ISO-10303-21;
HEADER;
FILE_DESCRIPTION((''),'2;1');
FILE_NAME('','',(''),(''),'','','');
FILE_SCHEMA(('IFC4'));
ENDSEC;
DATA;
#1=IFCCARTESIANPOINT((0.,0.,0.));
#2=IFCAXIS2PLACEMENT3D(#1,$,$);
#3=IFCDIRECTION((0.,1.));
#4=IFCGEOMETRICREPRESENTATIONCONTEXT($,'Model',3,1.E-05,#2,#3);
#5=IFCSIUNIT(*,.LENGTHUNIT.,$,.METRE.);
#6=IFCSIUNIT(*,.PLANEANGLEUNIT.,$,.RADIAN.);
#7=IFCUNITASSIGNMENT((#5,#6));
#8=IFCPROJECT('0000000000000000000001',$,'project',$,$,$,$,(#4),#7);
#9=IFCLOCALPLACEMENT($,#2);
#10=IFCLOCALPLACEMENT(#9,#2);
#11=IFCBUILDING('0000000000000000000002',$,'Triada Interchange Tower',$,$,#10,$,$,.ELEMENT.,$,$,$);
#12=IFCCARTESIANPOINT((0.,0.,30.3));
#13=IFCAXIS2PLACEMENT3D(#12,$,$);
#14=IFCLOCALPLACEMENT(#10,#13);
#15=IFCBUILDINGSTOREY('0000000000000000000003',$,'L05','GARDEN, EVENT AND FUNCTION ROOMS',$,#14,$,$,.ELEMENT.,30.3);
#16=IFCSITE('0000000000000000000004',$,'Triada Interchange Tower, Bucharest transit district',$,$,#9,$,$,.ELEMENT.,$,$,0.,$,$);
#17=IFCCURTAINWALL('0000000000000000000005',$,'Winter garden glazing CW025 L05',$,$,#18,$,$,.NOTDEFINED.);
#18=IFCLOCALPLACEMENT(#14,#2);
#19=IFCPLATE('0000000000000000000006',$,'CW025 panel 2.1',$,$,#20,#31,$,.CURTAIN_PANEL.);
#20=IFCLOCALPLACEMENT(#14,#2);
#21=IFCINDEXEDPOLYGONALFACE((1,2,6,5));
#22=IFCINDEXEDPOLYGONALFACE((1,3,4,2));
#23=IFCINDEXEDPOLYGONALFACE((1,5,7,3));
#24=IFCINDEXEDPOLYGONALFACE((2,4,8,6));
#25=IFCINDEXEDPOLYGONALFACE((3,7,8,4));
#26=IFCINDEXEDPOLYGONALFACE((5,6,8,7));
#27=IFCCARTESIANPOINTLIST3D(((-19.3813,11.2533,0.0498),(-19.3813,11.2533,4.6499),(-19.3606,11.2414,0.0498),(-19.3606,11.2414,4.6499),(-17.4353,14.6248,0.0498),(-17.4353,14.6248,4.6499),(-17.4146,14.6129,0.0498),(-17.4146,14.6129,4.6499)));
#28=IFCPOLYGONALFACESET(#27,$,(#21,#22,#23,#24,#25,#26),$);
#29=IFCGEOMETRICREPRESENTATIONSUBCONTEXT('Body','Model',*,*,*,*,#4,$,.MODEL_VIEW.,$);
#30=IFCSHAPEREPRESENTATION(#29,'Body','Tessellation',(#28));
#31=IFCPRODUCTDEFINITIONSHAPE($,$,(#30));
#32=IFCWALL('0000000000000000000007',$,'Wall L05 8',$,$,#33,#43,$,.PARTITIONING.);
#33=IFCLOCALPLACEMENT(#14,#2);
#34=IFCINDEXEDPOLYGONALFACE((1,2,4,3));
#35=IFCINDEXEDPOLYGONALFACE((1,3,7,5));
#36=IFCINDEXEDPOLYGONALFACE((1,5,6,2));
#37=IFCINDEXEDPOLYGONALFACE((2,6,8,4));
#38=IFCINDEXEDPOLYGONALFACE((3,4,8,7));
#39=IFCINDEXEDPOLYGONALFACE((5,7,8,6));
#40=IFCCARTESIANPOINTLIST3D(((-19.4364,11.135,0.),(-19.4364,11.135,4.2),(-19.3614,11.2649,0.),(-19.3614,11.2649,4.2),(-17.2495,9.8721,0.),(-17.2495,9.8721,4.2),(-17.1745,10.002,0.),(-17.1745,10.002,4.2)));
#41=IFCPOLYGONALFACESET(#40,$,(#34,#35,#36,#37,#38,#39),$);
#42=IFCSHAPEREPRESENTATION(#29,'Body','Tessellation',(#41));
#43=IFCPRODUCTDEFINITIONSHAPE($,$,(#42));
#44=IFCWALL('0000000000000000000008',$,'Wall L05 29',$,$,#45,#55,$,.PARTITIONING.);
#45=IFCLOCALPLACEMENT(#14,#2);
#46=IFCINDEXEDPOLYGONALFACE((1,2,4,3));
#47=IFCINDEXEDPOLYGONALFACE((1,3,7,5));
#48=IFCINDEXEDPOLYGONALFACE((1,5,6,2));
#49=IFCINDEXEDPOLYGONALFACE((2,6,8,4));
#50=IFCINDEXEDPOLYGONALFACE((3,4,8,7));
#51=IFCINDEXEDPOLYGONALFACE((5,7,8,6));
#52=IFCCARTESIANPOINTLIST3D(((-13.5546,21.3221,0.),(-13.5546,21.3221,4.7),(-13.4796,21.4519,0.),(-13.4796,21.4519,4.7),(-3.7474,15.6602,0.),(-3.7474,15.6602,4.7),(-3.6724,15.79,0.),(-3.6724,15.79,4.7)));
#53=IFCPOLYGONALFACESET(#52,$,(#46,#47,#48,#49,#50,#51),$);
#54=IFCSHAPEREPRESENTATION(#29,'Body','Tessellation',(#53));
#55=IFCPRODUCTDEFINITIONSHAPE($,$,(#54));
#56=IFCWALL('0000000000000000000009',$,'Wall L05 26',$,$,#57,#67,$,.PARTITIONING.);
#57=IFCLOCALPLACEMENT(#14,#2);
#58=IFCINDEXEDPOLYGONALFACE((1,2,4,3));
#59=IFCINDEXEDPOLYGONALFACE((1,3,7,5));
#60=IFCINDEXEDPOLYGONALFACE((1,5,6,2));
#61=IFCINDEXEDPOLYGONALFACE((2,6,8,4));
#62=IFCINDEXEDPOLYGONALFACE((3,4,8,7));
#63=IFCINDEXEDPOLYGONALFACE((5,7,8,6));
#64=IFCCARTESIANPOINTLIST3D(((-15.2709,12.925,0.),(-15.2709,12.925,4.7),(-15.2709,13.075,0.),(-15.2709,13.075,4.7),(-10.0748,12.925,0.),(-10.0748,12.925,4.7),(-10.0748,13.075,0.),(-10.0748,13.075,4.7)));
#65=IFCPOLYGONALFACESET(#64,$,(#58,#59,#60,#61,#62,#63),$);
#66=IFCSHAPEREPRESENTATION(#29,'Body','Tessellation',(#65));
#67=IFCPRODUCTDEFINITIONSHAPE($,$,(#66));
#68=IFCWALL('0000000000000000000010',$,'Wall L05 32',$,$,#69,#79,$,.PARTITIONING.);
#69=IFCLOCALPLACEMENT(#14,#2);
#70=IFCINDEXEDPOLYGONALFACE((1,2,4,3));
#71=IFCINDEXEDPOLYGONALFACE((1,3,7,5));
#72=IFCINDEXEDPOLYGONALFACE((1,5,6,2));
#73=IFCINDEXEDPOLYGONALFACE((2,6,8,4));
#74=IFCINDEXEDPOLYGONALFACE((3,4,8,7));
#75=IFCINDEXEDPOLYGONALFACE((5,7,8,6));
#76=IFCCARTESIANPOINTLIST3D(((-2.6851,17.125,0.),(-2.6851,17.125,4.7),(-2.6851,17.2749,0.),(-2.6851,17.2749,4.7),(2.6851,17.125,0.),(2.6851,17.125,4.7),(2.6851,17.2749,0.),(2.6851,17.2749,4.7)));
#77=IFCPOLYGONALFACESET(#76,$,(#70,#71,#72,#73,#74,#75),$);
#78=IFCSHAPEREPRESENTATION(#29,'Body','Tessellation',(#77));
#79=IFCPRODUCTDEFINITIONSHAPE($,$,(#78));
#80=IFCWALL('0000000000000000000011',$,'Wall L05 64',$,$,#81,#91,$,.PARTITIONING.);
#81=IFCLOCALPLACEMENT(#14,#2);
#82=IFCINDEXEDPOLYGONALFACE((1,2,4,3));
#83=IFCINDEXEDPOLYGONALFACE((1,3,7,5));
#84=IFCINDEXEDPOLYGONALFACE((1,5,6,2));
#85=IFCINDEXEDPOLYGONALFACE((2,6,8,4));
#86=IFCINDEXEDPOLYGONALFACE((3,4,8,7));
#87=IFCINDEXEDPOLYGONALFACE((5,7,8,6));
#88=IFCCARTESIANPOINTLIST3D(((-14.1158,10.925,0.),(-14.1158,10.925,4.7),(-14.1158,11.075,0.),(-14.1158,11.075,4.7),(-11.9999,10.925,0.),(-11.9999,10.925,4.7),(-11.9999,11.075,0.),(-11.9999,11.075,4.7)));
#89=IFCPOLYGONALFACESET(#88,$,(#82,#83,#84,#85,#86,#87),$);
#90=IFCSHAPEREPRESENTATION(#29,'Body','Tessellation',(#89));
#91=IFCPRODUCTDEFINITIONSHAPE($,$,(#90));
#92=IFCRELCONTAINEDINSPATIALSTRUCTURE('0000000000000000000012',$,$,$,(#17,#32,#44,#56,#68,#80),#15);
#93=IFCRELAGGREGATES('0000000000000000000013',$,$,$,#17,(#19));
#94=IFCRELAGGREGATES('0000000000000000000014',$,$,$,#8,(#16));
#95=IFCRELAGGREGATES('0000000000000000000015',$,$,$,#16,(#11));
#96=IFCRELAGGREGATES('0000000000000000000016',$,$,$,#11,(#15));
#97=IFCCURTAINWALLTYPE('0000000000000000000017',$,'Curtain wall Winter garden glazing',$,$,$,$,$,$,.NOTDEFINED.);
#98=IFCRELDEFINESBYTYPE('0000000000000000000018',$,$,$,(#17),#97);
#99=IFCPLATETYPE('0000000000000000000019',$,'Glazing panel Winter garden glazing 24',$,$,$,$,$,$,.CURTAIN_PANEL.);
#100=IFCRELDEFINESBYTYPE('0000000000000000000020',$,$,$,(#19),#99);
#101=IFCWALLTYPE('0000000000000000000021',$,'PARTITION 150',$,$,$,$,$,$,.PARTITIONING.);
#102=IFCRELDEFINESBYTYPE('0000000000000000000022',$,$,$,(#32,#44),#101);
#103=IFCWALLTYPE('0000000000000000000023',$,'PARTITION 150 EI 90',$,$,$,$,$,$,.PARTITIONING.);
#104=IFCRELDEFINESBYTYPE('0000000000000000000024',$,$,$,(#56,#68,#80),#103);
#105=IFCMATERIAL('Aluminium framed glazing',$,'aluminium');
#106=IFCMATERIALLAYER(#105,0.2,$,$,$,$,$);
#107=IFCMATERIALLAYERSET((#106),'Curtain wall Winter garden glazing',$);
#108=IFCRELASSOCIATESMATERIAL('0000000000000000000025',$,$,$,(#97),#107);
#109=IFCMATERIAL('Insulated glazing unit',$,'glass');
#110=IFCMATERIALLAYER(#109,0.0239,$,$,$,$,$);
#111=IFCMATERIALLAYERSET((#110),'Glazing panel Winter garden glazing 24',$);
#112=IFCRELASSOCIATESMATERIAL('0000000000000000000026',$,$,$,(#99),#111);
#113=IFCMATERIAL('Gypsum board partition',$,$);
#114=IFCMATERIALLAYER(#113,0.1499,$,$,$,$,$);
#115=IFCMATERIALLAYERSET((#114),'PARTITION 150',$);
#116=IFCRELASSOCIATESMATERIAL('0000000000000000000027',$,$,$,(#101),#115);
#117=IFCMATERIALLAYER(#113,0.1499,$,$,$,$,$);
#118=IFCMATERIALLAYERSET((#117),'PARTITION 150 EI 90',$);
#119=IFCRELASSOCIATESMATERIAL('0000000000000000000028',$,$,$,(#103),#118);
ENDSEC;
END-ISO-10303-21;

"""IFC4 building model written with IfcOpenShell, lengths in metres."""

from ifc_helpers import new_model, si_unit, direction, frame, frame_2d, origin, origin_2d, place, context, subcontext, project, spatial, rectangle, extrude, material, layer, layer_set, type_object, element, aggregate, save


model = new_model("IFC4")

# Units and contexts
model_context = context("Model", 3, precision=1e-05, world=origin(), true_north=direction((0.0, 1.0)))
body_context = subcontext(model_context, "Body", "Model", "MODEL_VIEW")
ifc_project = project(units=[si_unit("LENGTHUNIT", "METRE"), si_unit("PLANEANGLEUNIT", "RADIAN")], contexts=[model_context])

# Site, building, storey
site_placement = place(None, origin())
site = spatial("IfcSite", under=ifc_project, at=site_placement, Name="Triada Interchange Tower, Bucharest transit district", CompositionType="ELEMENT", RefElevation=0.0)
building_placement = place(site_placement, origin())
building = spatial("IfcBuilding", under=site, at=building_placement, Name="Triada Interchange Tower", CompositionType="ELEMENT")
storey_placement = place(building_placement, frame((0.0, 0.0, 30.3)))
storey = spatial("IfcBuildingStorey", under=building, at=storey_placement, Name="L05", Description="GARDEN, EVENT AND FUNCTION ROOMS", CompositionType="ELEMENT", Elevation=30.3)

# Curtain wall
ifc_material_1 = material(Name="Aluminium framed glazing", Category="aluminium")
ifc_layer_1 = layer(ifc_material_1, 0.2)
ifc_layer_set_1 = layer_set([ifc_layer_1], Name="Curtain wall Winter garden glazing")
curtain_wall_type = type_object("IfcCurtainWallType", Name="Curtain wall Winter garden glazing", PredefinedType="NOTDEFINED", material=ifc_layer_set_1)
curtain_wall_1_placement = place(storey_placement, origin())
curtain_wall_1 = element("IfcCurtainWall", 1, at=curtain_wall_1_placement, inside=storey, type_object=curtain_wall_type, Name="Winter garden glazing CW025 L05", PredefinedType="NOTDEFINED")

# Plate
ifc_material_2 = material(Name="Insulated glazing unit", Category="glass")
ifc_layer_2 = layer(ifc_material_2, 0.0239)
ifc_layer_set_2 = layer_set([ifc_layer_2], Name="Glazing panel Winter garden glazing 24")
plate_type = type_object("IfcPlateType", Name="Glazing panel Winter garden glazing 24", PredefinedType="CURTAIN_PANEL", material=ifc_layer_set_2)
plate_1_placement = place(storey_placement, frame((-18.3979, 12.9331, 0.0498), z_axis=(0.0, 0.0, 1.0), x_axis=(-0.499893, -0.866087, 0.0)))
plate_1 = element("IfcPlate", 2, at=plate_1_placement, type_object=plate_type, Name="CW025 panel 2.1", PredefinedType="CURTAIN_PANEL", context=body_context, shape_type="SweptSolid", body=[
    extrude(rectangle(XDim=3.8928, YDim=0.0239, at=origin_2d()), origin(), (0.0, 0.0, 1.0), 4.6001),
])
aggregate(curtain_wall_1, [plate_1])

# Walls
ifc_material_3 = material(Name="Gypsum board partition")
ifc_layer_3 = layer(ifc_material_3, 0.1499)
ifc_layer_set_3 = layer_set([ifc_layer_3], Name="PARTITION 150")
wall_type_1 = type_object("IfcWallType", Name="PARTITION 150", PredefinedType="PARTITIONING", material=ifc_layer_set_3)
wall_1_placement = place(storey_placement, frame((-19.3989, 11.2, 0.0), z_axis=(0.0, 0.0, 1.0), x_axis=(0.86598, -0.500079, 0.0)))
element("IfcWall", 3, at=wall_1_placement, inside=storey, type_object=wall_type_1, Name="Wall L05 8", PredefinedType="PARTITIONING", context=body_context, shape_type="SweptSolid", body=[
    extrude(rectangle(XDim=2.5254, YDim=0.1499, at=frame_2d((1.2627, 0.0))), origin(), (0.0, 0.0, 1.0), 4.2),
])
wall_2_placement = place(storey_placement, frame((-13.5171, 21.387, 0.0), z_axis=(0.0, 0.0, 1.0), x_axis=(0.866036, -0.499981, 0.0)))
element("IfcWall", 4, at=wall_2_placement, inside=storey, type_object=wall_type_1, Name="Wall L05 29", PredefinedType="PARTITIONING", context=body_context, shape_type="SweptSolid", body=[
    extrude(rectangle(XDim=11.3242, YDim=0.1499, at=frame_2d((5.6621, 0.0))), origin(), (0.0, 0.0, 1.0), 4.7),
])
ifc_layer_4 = layer(ifc_material_3, 0.1499)
ifc_layer_set_4 = layer_set([ifc_layer_4], Name="PARTITION 150 EI 90")
wall_type_2 = type_object("IfcWallType", Name="PARTITION 150 EI 90", PredefinedType="PARTITIONING", material=ifc_layer_set_4)
wall_3_placement = place(storey_placement, frame((-15.271, 13.0, 0.0), z_axis=(0.0, 0.0, 1.0), x_axis=(1.0, 0.0, 0.0)))
element("IfcWall", 5, at=wall_3_placement, inside=storey, type_object=wall_type_2, Name="Wall L05 26", PredefinedType="PARTITIONING", context=body_context, shape_type="SweptSolid", body=[
    extrude(rectangle(XDim=5.196, YDim=0.1499, at=frame_2d((2.5981, 0.0))), origin(), (0.0, 0.0, 1.0), 4.7),
])
wall_4_placement = place(storey_placement, frame((-2.6851, 17.2, 0.0), z_axis=(0.0, 0.0, 1.0), x_axis=(1.0, 0.0, 0.0)))
element("IfcWall", 6, at=wall_4_placement, inside=storey, type_object=wall_type_2, Name="Wall L05 32", PredefinedType="PARTITIONING", context=body_context, shape_type="SweptSolid", body=[
    extrude(rectangle(XDim=5.3701, YDim=0.1499, at=frame_2d((2.6851, 0.0))), origin(), (0.0, 0.0, 1.0), 4.7),
])
wall_5_placement = place(storey_placement, frame((-14.116, 11.0, 0.0), z_axis=(0.0, 0.0, 1.0), x_axis=(1.0, 0.0, 0.0)))
element("IfcWall", 7, at=wall_5_placement, inside=storey, type_object=wall_type_2, Name="Wall L05 64", PredefinedType="PARTITIONING", context=body_context, shape_type="SweptSolid", body=[
    extrude(rectangle(XDim=2.116, YDim=0.1499, at=frame_2d((1.0581, 0.0))), origin(), (0.0, 0.0, 1.0), 4.7),
])

save(model, "model.ifc")
